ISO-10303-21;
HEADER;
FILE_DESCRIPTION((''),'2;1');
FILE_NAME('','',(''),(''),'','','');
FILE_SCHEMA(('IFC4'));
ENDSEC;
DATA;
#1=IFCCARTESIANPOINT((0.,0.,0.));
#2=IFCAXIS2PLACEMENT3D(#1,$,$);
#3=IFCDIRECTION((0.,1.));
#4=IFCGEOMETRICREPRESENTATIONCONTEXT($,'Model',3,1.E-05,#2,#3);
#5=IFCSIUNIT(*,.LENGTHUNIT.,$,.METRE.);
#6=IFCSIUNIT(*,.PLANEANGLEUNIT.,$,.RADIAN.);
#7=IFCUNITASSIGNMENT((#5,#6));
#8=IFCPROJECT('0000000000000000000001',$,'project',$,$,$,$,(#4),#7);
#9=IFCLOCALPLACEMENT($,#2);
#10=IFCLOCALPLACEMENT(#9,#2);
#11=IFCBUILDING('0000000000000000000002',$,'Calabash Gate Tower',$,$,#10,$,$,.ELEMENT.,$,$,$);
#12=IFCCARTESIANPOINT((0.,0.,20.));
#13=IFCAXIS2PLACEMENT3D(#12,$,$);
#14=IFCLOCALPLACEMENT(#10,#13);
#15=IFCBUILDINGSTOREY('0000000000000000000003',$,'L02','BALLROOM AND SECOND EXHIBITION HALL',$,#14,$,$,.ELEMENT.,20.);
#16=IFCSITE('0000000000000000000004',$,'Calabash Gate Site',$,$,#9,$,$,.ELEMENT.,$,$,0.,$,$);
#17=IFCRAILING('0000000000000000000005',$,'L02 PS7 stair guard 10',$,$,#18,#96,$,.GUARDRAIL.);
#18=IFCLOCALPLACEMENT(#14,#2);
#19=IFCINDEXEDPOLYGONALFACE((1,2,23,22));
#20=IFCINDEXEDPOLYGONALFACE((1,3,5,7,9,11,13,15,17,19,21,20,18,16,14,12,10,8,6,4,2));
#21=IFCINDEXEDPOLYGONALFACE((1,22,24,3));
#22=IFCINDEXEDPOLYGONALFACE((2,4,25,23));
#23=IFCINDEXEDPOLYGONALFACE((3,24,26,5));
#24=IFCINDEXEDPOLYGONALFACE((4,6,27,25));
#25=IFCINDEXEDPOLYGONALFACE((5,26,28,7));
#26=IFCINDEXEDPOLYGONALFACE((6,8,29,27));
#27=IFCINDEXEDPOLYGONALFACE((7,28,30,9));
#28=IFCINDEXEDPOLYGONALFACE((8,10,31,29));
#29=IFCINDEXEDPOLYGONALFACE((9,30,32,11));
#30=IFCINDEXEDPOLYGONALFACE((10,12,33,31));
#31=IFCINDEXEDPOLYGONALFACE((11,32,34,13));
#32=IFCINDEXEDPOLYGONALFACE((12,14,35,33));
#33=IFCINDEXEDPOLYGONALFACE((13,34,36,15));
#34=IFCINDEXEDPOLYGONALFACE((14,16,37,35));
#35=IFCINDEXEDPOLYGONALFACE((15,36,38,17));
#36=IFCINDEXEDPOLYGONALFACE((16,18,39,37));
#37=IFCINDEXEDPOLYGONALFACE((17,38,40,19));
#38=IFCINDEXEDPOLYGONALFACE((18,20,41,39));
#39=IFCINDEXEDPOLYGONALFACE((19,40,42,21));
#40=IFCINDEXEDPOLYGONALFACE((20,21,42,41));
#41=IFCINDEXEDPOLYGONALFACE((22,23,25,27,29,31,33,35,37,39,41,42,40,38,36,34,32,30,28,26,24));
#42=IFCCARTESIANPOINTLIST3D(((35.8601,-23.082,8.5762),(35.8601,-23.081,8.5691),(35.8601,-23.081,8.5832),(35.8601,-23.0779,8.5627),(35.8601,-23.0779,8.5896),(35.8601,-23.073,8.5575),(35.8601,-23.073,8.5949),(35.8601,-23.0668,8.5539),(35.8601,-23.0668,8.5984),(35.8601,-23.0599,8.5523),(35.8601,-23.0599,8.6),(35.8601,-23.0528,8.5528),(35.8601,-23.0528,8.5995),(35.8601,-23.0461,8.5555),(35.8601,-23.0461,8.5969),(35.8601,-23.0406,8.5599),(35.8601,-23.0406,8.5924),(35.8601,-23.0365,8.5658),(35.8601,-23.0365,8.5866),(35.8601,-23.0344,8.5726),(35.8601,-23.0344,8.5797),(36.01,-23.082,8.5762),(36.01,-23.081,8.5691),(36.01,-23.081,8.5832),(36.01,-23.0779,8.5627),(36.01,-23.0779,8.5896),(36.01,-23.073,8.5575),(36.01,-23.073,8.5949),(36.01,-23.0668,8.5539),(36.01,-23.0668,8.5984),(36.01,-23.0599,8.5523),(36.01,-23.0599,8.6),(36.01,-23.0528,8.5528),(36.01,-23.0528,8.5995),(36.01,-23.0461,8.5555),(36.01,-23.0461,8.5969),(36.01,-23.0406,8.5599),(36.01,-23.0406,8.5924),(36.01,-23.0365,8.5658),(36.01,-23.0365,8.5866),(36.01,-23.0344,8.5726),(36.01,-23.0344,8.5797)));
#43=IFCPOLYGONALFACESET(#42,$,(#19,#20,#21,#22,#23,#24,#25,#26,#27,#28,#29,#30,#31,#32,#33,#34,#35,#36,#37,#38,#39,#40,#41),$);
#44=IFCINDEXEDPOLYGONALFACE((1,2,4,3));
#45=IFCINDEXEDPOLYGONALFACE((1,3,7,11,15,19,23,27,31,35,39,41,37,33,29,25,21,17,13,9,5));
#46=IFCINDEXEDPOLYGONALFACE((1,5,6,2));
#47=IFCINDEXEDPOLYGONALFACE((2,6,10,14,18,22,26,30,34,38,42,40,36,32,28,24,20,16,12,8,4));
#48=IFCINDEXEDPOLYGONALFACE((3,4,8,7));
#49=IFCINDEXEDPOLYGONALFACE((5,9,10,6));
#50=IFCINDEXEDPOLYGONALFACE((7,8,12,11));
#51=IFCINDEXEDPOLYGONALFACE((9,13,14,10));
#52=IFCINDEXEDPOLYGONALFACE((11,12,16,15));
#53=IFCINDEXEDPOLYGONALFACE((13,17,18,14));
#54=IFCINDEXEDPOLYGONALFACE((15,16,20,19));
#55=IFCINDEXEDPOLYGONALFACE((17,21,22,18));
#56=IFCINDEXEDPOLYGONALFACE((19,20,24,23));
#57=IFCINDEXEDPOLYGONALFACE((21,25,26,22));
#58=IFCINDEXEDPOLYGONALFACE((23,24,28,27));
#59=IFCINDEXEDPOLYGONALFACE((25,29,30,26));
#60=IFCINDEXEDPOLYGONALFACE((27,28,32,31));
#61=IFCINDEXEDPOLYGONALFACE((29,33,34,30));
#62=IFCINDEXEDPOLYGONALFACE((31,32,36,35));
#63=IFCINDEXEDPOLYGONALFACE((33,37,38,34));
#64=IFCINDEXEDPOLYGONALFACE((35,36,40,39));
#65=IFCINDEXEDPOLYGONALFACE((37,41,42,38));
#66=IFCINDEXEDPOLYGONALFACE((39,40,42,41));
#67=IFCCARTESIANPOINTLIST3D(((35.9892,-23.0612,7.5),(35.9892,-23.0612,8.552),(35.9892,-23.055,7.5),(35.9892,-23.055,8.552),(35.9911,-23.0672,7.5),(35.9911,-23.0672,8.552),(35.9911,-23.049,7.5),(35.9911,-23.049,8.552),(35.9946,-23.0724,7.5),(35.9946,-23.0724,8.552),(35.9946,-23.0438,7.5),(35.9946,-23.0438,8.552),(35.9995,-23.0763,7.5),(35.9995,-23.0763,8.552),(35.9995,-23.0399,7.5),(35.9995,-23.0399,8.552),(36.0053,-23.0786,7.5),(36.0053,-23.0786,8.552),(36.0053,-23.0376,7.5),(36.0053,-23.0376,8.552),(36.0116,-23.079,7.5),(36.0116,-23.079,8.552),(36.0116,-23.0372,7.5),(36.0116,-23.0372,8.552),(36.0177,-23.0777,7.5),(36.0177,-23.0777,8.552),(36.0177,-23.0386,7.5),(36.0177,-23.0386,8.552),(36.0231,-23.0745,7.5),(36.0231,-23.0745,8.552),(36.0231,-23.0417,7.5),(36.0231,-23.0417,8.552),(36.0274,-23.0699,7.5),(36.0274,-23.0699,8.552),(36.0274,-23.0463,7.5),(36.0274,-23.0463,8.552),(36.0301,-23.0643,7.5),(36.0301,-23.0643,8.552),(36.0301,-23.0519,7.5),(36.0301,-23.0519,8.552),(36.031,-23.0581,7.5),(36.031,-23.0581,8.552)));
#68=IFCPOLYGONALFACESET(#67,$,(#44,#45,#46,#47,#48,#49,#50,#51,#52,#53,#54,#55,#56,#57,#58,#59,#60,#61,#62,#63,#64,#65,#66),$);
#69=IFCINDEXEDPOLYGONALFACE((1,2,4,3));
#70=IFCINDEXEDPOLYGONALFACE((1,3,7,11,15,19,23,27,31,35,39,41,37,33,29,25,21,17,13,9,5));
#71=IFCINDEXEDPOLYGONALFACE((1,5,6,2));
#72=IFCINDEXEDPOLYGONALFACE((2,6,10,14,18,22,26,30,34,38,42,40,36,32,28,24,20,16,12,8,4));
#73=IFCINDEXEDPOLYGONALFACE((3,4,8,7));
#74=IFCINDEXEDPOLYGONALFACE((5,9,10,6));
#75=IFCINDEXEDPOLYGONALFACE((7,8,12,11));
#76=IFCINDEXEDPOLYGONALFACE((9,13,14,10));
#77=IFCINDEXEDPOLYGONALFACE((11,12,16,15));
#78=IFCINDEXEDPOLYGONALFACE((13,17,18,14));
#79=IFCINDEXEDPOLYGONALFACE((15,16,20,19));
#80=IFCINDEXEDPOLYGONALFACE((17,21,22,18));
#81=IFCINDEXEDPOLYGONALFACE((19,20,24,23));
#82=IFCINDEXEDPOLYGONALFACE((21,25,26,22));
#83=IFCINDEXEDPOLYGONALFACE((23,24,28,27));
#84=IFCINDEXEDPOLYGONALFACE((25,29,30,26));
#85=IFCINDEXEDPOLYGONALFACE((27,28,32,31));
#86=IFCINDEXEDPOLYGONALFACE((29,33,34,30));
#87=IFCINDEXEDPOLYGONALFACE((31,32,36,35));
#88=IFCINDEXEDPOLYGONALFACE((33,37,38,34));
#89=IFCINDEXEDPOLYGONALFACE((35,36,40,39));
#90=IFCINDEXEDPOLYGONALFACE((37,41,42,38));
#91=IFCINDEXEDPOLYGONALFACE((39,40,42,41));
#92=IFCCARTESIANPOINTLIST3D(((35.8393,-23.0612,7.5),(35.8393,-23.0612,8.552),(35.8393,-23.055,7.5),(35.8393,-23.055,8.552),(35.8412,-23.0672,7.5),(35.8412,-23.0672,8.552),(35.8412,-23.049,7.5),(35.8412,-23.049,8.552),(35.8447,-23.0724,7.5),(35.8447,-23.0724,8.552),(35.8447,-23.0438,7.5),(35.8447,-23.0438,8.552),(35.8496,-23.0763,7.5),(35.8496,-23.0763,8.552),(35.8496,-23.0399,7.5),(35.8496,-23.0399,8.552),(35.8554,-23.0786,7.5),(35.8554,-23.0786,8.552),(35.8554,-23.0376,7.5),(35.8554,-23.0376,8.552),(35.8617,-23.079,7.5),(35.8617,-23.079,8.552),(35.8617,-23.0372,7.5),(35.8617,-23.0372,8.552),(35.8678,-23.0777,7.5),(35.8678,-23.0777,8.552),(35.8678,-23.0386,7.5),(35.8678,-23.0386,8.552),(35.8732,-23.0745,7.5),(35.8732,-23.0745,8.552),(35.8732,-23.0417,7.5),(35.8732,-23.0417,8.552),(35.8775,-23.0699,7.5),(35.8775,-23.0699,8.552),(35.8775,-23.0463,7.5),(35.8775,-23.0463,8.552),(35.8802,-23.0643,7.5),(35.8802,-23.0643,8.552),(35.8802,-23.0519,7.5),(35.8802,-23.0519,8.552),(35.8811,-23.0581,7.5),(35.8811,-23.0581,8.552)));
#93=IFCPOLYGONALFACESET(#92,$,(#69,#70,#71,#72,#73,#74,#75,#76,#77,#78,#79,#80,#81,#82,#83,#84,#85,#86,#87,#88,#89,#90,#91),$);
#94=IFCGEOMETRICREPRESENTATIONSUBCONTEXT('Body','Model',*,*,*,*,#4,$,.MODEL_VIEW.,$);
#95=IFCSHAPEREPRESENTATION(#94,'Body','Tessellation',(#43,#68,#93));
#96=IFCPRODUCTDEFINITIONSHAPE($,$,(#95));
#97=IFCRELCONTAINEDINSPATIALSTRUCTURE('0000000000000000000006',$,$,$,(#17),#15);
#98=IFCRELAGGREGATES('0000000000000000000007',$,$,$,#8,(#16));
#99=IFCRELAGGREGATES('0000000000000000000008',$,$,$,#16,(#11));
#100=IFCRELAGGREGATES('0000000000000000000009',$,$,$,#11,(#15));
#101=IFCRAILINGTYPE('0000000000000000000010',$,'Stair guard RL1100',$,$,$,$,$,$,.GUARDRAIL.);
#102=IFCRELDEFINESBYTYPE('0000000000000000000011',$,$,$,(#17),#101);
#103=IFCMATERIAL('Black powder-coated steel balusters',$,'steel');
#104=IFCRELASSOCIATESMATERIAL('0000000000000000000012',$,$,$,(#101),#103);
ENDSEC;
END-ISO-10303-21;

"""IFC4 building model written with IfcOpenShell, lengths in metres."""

from ifc_helpers import new_model, si_unit, direction, frame, origin, origin_2d, place, context, subcontext, project, spatial, circle, extrude, material, type_object, element, save


model = new_model("IFC4")

# Units and contexts
model_context = context("Model", 3, precision=1e-05, world=origin(), true_north=direction((0.0, 1.0)))
body_context = subcontext(model_context, "Body", "Model", "MODEL_VIEW")
ifc_project = project(units=[si_unit("LENGTHUNIT", "METRE"), si_unit("PLANEANGLEUNIT", "RADIAN")], contexts=[model_context])

# Site, building, storey
site_placement = place(None, origin())
site = spatial("IfcSite", under=ifc_project, at=site_placement, Name="Calabash Gate Site", CompositionType="ELEMENT", RefElevation=0.0)
building_placement = place(site_placement, origin())
building = spatial("IfcBuilding", under=site, at=building_placement, Name="Calabash Gate Tower", CompositionType="ELEMENT")
storey_placement = place(building_placement, frame((0.0, 0.0, 20.0)))
storey = spatial("IfcBuildingStorey", under=building, at=storey_placement, Name="L02", Description="BALLROOM AND SECOND EXHIBITION HALL", CompositionType="ELEMENT", Elevation=20.0)

# Railing
ifc_material_1 = material(Name="Black powder-coated steel balusters", Category="steel")
railing_type_1 = type_object("IfcRailingType", Name="Stair guard RL1100", PredefinedType="GUARDRAIL", material=ifc_material_1)
railing_1_placement = place(storey_placement, frame((36.01, -23.0581, 7.5)))
element("IfcRailing", 1, at=railing_1_placement, inside=storey, type_object=railing_type_1, Name="L02 PS7 stair guard 10", PredefinedType="GUARDRAIL", context=body_context, shape_type="SweptSolid", body=[
    extrude(circle(Radius=0.0239, at=origin_2d()), frame((0.0, 0.0, 1.0762), z_axis=(-1.0, 0.0, 0.0), x_axis=(0.0, -1.0, 0.0)), (0.0, 0.0, 1.0), 0.1499),
    extrude(circle(Radius=0.021, at=origin_2d()), origin(), (0.0, 0.0, 1.0), 1.052),
    extrude(circle(Radius=0.021, at=origin_2d()), frame((-0.1499, 0.0, 0.0)), (0.0, 0.0, 1.0), 1.052),
])

save(model, "model.ifc")
